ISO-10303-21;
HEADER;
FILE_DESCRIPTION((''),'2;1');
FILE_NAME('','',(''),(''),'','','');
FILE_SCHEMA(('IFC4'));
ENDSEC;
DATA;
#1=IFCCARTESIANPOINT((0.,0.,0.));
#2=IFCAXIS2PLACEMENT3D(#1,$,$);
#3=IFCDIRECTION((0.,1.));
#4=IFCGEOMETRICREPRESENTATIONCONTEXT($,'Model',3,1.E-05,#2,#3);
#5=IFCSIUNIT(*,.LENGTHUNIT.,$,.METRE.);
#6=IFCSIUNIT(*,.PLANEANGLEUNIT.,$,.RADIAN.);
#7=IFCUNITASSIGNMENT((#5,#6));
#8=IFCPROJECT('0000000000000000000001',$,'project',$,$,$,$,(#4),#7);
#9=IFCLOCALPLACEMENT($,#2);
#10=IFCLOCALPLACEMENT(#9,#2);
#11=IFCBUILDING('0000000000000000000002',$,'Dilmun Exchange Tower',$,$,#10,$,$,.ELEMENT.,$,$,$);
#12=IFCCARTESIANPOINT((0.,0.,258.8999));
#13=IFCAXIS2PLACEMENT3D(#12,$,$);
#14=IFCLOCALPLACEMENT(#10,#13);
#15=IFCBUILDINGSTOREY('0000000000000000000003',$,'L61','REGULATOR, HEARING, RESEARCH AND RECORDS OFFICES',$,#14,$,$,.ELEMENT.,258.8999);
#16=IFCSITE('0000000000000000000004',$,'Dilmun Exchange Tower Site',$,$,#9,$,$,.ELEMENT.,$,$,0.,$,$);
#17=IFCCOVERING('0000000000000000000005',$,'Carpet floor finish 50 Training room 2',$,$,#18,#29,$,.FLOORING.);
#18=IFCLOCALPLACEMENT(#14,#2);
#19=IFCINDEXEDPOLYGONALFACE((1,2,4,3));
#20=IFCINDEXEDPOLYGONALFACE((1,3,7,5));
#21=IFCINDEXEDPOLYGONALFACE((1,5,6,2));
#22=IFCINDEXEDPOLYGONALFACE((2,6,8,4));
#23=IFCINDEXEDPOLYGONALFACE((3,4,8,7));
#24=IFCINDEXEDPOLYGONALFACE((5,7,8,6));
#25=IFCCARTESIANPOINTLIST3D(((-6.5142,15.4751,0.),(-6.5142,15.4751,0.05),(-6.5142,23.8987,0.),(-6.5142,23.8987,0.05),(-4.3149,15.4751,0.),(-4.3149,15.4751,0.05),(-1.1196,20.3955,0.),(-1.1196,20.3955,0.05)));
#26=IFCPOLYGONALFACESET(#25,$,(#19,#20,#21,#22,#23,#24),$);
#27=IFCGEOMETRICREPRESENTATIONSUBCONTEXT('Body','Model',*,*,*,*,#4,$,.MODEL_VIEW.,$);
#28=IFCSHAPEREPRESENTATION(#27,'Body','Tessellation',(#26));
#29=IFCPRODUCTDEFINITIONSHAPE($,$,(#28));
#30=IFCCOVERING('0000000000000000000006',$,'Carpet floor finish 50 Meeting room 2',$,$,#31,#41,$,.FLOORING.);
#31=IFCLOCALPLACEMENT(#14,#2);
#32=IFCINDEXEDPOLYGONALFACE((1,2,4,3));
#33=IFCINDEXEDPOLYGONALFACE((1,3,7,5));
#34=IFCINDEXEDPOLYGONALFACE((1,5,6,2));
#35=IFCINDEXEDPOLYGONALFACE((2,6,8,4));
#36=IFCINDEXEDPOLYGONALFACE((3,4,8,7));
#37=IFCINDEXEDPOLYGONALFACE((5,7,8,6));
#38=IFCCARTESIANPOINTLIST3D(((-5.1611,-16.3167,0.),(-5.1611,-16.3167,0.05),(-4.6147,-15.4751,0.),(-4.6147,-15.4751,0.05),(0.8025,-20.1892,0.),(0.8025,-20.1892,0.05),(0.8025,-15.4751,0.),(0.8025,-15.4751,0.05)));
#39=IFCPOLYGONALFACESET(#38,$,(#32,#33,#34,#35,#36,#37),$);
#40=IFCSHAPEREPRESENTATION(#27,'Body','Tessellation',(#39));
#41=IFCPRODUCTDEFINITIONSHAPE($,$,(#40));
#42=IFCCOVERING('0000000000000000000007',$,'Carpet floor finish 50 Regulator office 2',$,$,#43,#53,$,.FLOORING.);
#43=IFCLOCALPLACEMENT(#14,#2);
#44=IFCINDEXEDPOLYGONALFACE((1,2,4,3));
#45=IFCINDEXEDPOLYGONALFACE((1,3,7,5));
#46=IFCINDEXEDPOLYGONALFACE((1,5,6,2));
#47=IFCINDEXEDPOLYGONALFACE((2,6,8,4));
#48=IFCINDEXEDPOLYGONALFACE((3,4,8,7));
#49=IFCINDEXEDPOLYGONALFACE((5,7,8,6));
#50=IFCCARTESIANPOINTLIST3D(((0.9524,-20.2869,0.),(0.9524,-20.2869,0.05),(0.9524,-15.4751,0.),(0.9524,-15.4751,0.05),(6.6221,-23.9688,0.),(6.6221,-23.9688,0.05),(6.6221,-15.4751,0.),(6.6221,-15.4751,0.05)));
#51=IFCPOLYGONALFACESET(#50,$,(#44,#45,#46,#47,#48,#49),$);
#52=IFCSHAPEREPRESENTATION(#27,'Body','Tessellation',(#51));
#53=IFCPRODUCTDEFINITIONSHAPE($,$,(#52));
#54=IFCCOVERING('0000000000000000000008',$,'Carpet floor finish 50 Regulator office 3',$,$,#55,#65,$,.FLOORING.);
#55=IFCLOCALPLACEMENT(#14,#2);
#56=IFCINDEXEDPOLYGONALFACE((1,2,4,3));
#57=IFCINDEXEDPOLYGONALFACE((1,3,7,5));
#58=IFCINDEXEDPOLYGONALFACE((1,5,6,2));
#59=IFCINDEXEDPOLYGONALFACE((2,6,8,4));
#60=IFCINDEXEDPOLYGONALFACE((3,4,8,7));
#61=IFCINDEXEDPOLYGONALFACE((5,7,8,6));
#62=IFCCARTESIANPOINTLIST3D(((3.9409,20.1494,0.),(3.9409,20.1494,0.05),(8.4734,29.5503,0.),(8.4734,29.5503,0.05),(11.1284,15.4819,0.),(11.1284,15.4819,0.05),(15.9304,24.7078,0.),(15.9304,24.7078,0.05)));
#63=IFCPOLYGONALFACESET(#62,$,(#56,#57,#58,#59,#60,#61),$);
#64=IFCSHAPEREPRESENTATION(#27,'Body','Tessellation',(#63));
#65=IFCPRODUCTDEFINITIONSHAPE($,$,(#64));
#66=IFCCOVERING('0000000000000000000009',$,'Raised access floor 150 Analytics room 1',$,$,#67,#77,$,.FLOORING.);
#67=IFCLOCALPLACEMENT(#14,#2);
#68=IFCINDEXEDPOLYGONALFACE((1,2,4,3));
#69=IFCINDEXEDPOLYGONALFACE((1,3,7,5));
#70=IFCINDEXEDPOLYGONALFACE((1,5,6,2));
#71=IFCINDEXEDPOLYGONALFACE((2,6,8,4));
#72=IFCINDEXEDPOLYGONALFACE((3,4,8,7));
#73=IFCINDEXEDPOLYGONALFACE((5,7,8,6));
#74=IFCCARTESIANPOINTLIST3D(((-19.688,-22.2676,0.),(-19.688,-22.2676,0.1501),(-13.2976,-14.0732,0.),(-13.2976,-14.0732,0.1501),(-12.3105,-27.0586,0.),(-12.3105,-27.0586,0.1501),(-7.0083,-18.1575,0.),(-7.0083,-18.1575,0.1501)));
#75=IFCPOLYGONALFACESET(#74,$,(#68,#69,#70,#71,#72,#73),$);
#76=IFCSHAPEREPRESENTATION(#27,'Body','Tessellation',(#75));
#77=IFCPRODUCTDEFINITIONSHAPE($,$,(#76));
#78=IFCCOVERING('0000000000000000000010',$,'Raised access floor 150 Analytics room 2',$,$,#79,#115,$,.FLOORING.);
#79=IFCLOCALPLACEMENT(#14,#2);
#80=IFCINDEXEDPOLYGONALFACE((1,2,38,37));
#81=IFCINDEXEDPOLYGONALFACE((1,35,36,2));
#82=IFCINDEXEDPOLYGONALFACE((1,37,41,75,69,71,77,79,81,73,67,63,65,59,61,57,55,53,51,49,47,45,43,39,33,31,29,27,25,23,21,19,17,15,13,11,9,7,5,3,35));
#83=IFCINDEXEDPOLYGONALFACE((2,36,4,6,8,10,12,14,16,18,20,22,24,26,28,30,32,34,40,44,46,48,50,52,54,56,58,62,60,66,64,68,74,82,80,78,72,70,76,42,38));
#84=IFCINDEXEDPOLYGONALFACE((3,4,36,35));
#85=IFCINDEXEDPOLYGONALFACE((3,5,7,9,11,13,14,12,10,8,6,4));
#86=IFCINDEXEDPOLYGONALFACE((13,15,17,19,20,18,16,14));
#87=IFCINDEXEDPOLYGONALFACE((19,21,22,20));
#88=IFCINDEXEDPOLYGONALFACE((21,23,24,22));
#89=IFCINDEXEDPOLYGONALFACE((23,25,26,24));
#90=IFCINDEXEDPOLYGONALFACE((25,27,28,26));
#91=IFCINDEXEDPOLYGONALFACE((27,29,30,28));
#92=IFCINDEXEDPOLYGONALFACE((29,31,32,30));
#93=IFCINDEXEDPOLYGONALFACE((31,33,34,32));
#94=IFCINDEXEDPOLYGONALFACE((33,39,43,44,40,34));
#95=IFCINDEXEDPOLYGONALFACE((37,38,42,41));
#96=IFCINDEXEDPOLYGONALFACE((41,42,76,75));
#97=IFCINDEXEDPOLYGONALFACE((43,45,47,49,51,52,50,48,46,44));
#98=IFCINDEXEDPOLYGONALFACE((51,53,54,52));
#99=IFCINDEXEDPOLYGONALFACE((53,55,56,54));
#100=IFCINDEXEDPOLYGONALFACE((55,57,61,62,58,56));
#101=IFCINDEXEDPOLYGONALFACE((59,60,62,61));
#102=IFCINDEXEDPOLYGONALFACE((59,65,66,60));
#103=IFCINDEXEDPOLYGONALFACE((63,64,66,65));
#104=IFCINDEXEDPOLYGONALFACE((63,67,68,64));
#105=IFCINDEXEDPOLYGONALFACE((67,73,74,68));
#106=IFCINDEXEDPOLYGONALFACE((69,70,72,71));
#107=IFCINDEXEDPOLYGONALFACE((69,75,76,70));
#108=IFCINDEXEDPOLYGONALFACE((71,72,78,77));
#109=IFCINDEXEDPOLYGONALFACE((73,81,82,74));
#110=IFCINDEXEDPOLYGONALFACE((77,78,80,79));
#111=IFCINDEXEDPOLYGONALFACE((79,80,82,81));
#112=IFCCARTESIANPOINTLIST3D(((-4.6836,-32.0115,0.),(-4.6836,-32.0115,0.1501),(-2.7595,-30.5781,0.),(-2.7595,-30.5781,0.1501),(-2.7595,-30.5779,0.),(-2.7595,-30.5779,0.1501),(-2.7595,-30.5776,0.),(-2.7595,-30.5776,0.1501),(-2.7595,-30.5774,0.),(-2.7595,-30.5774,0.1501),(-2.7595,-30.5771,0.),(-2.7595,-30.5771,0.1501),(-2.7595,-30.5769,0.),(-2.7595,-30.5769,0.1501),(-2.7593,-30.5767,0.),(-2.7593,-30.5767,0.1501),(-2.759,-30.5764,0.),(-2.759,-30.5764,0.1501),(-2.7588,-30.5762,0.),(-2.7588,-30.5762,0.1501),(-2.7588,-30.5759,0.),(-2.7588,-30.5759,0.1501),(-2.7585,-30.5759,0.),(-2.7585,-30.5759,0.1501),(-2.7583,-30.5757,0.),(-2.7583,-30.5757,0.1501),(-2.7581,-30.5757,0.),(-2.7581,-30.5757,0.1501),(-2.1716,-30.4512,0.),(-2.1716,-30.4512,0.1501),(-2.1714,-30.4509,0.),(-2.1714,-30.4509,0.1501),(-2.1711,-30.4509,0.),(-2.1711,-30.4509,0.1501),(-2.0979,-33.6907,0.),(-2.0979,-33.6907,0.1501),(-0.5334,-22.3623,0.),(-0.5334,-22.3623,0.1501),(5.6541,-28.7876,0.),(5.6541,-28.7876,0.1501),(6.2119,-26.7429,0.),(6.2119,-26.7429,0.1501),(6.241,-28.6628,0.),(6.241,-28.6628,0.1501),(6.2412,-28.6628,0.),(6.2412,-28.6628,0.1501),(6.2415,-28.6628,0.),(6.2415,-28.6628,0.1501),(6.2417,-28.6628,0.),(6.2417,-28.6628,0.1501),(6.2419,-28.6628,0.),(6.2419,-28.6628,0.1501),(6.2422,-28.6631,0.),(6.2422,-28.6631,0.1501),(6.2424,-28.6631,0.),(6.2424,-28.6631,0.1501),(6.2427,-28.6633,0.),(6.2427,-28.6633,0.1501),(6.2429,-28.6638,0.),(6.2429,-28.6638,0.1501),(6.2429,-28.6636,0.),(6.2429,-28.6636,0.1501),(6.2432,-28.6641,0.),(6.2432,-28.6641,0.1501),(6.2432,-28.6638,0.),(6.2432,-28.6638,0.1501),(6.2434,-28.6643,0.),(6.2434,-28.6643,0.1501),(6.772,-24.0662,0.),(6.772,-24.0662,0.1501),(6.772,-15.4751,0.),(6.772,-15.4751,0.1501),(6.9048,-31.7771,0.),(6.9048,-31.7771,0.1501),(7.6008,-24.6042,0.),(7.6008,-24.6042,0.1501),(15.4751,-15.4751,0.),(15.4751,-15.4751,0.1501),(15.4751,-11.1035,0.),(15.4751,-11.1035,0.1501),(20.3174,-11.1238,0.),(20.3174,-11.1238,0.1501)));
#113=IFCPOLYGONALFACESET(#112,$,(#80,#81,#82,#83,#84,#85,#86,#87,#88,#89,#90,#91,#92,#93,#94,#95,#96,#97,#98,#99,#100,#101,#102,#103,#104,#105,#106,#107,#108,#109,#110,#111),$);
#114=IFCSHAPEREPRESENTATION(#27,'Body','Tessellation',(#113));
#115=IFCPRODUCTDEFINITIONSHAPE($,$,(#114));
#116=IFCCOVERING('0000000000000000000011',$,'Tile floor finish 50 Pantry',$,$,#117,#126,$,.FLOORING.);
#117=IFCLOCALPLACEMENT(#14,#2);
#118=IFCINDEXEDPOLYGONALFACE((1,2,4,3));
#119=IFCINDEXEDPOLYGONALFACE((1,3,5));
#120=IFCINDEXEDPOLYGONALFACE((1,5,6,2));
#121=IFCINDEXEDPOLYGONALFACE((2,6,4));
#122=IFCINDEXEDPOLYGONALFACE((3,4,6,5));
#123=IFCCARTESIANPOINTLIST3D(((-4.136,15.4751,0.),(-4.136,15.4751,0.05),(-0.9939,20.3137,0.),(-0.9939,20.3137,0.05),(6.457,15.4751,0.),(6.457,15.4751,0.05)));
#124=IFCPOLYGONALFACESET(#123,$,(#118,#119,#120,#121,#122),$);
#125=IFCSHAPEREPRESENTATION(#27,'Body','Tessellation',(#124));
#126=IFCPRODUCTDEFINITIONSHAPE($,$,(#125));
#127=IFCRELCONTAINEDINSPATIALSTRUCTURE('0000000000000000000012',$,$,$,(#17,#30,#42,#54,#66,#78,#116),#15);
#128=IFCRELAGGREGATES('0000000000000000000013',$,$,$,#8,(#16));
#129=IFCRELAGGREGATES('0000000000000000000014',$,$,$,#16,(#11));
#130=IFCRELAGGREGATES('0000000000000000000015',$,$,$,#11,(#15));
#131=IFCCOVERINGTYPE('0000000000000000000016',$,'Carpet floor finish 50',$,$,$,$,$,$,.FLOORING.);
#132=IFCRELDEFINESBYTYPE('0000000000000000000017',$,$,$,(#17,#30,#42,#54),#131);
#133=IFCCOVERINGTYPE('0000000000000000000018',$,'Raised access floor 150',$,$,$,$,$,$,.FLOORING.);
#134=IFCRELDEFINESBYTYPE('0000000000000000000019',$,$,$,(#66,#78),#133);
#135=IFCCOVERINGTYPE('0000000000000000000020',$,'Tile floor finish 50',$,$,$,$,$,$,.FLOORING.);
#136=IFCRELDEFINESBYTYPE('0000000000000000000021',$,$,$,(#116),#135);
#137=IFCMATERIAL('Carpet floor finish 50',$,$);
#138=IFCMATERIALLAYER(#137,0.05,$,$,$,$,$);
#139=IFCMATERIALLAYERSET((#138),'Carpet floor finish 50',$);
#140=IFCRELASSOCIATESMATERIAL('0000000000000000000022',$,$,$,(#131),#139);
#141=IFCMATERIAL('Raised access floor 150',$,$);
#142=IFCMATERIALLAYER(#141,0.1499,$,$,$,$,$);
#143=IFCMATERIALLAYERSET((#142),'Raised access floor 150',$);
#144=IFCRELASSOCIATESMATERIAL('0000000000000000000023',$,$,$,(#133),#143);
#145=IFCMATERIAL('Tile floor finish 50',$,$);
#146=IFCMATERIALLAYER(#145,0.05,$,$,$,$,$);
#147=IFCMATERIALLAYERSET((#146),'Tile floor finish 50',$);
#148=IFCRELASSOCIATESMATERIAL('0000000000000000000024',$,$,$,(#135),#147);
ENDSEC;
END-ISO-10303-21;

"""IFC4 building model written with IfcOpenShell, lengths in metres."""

from ifc_helpers import new_model, si_unit, direction, frame, origin, place, context, subcontext, project, spatial, polyline, outline, extrude, material, layer, layer_set, type_object, element, save


model = new_model("IFC4")

# Units and contexts
model_context = context("Model", 3, precision=1e-05, world=origin(), true_north=direction((0.0, 1.0)))
body_context = subcontext(model_context, "Body", "Model", "MODEL_VIEW")
ifc_project = project(units=[si_unit("LENGTHUNIT", "METRE"), si_unit("PLANEANGLEUNIT", "RADIAN")], contexts=[model_context])

# Site, building, storey
site_placement = place(None, origin())
site = spatial("IfcSite", under=ifc_project, at=site_placement, Name="Dilmun Exchange Tower Site", CompositionType="ELEMENT", RefElevation=0.0)
building_placement = place(site_placement, origin())
building = spatial("IfcBuilding", under=site, at=building_placement, Name="Dilmun Exchange Tower", CompositionType="ELEMENT")
storey_placement = place(building_placement, frame((0.0, 0.0, 258.8999)))
storey = spatial("IfcBuildingStorey", under=building, at=storey_placement, Name="L61", Description="REGULATOR, HEARING, RESEARCH AND RECORDS OFFICES", CompositionType="ELEMENT", Elevation=258.8999)

# Coverings
ifc_material_1 = material(Name="Carpet floor finish 50")
ifc_layer_1 = layer(ifc_material_1, 0.05)
ifc_layer_set_1 = layer_set([ifc_layer_1], Name="Carpet floor finish 50")
covering_type_1 = type_object("IfcCoveringType", Name="Carpet floor finish 50", PredefinedType="FLOORING", material=ifc_layer_set_1)
covering_1_placement = place(storey_placement, origin())
element("IfcCovering", 1, at=covering_1_placement, inside=storey, type_object=covering_type_1, Name="Carpet floor finish 50 Training room 2", PredefinedType="FLOORING", context=body_context, shape_type="SweptSolid", body=[
    extrude(outline(polyline([(-6.5142, 15.4751), (-6.5142, 23.8987), (-1.1196, 20.3955), (-4.3149, 15.4751), (-6.5142, 15.4751)])), origin(), (0.0, 0.0, 1.0), 0.05),
])
covering_2_placement = place(storey_placement, origin())
element("IfcCovering", 2, at=covering_2_placement, inside=storey, type_object=covering_type_1, Name="Carpet floor finish 50 Meeting room 2", PredefinedType="FLOORING", context=body_context, shape_type="SweptSolid", body=[
    extrude(outline(polyline([(0.8025, -20.1892), (-5.1611, -16.3167), (-4.6147, -15.4751), (0.8025, -15.4751), (0.8025, -20.1892)])), origin(), (0.0, 0.0, 1.0), 0.05),
])
covering_3_placement = place(storey_placement, origin())
element("IfcCovering", 3, at=covering_3_placement, inside=storey, type_object=covering_type_1, Name="Carpet floor finish 50 Regulator office 2", PredefinedType="FLOORING", context=body_context, shape_type="SweptSolid", body=[
    extrude(outline(polyline([(6.6221, -15.4751), (6.6221, -23.9688), (0.9524, -20.2869), (0.9524, -15.4751), (6.6221, -15.4751)])), origin(), (0.0, 0.0, 1.0), 0.05),
])
covering_4_placement = place(storey_placement, origin())
element("IfcCovering", 4, at=covering_4_placement, inside=storey, type_object=covering_type_1, Name="Carpet floor finish 50 Regulator office 3", PredefinedType="FLOORING", context=body_context, shape_type="SweptSolid", body=[
    extrude(outline(polyline([(3.9409, 20.1494), (8.4734, 29.5503), (15.9304, 24.7078), (11.1284, 15.4819), (3.9409, 20.1494)])), origin(), (0.0, 0.0, 1.0), 0.05),
])
ifc_material_2 = material(Name="Raised access floor 150")
ifc_layer_2 = layer(ifc_material_2, 0.1499)
ifc_layer_set_2 = layer_set([ifc_layer_2], Name="Raised access floor 150")
covering_type_2 = type_object("IfcCoveringType", Name="Raised access floor 150", PredefinedType="FLOORING", material=ifc_layer_set_2)
covering_5_placement = place(storey_placement, origin())
element("IfcCovering", 5, at=covering_5_placement, inside=storey, type_object=covering_type_2, Name="Raised access floor 150 Analytics room 1", PredefinedType="FLOORING", context=body_context, shape_type="SweptSolid", body=[
    extrude(outline(polyline([(-13.2976, -14.0732), (-7.0083, -18.1575), (-12.3105, -27.0586), (-19.688, -22.2676), (-13.2976, -14.0732)])), origin(), (0.0, 0.0, 1.0), 0.1501),
])
covering_6_placement = place(storey_placement, origin())
element("IfcCovering", 6, at=covering_6_placement, inside=storey, type_object=covering_type_2, Name="Raised access floor 150 Analytics room 2", PredefinedType="FLOORING", context=body_context, shape_type="SweptSolid", body=[
    extrude(outline(polyline([(7.6008, -24.6042), (6.772, -24.0662), (6.772, -15.4751), (15.4751, -15.4751), (15.4751, -11.1035), (20.3174, -11.1238), (6.9048, -31.7771), (6.2434, -28.6643), (6.2434, -28.6643), (6.2432, -28.6641), (6.2432, -28.6638), (6.2429, -28.6638), (6.2429, -28.6636), (6.2427, -28.6633), (6.2427, -28.6633), (6.2424, -28.6631), (6.2422, -28.6631), (6.2422, -28.6631), (6.2419, -28.6628), (6.2417, -28.6628), (6.2415, -28.6628), (6.2412, -28.6628), (6.2412, -28.6628), (6.241, -28.6628), (5.6541, -28.7876), (-2.1711, -30.4509), (-2.1714, -30.4509), (-2.1714, -30.4509), (-2.1716, -30.4512), (-2.7581, -30.5757), (-2.7583, -30.5757), (-2.7583, -30.5757), (-2.7585, -30.5759), (-2.7588, -30.5759), (-2.7588, -30.5762), (-2.759, -30.5764), (-2.759, -30.5764), (-2.7593, -30.5767), (-2.7593, -30.5767), (-2.7595, -30.5769), (-2.7595, -30.5771), (-2.7595, -30.5774), (-2.7595, -30.5774), (-2.7595, -30.5776), (-2.7595, -30.5779), (-2.7595, -30.5781), (-2.0979, -33.6907), (-4.6836, -32.0115), (-0.5334, -22.3623), (6.2119, -26.7429), (7.6008, -24.6042)])), origin(), (0.0, 0.0, 1.0), 0.1501),
])
ifc_material_3 = material(Name="Tile floor finish 50")
ifc_layer_3 = layer(ifc_material_3, 0.05)
ifc_layer_set_3 = layer_set([ifc_layer_3], Name="Tile floor finish 50")
covering_type_3 = type_object("IfcCoveringType", Name="Tile floor finish 50", PredefinedType="FLOORING", material=ifc_layer_set_3)
covering_7_placement = place(storey_placement, origin())
element("IfcCovering", 7, at=covering_7_placement, inside=storey, type_object=covering_type_3, Name="Tile floor finish 50 Pantry", PredefinedType="FLOORING", context=body_context, shape_type="SweptSolid", body=[
    extrude(outline(polyline([(-0.9939, 20.3137), (6.457, 15.4751), (-4.136, 15.4751), (-0.9939, 20.3137)])), origin(), (0.0, 0.0, 1.0), 0.05),
])

save(model, "model.ifc")
